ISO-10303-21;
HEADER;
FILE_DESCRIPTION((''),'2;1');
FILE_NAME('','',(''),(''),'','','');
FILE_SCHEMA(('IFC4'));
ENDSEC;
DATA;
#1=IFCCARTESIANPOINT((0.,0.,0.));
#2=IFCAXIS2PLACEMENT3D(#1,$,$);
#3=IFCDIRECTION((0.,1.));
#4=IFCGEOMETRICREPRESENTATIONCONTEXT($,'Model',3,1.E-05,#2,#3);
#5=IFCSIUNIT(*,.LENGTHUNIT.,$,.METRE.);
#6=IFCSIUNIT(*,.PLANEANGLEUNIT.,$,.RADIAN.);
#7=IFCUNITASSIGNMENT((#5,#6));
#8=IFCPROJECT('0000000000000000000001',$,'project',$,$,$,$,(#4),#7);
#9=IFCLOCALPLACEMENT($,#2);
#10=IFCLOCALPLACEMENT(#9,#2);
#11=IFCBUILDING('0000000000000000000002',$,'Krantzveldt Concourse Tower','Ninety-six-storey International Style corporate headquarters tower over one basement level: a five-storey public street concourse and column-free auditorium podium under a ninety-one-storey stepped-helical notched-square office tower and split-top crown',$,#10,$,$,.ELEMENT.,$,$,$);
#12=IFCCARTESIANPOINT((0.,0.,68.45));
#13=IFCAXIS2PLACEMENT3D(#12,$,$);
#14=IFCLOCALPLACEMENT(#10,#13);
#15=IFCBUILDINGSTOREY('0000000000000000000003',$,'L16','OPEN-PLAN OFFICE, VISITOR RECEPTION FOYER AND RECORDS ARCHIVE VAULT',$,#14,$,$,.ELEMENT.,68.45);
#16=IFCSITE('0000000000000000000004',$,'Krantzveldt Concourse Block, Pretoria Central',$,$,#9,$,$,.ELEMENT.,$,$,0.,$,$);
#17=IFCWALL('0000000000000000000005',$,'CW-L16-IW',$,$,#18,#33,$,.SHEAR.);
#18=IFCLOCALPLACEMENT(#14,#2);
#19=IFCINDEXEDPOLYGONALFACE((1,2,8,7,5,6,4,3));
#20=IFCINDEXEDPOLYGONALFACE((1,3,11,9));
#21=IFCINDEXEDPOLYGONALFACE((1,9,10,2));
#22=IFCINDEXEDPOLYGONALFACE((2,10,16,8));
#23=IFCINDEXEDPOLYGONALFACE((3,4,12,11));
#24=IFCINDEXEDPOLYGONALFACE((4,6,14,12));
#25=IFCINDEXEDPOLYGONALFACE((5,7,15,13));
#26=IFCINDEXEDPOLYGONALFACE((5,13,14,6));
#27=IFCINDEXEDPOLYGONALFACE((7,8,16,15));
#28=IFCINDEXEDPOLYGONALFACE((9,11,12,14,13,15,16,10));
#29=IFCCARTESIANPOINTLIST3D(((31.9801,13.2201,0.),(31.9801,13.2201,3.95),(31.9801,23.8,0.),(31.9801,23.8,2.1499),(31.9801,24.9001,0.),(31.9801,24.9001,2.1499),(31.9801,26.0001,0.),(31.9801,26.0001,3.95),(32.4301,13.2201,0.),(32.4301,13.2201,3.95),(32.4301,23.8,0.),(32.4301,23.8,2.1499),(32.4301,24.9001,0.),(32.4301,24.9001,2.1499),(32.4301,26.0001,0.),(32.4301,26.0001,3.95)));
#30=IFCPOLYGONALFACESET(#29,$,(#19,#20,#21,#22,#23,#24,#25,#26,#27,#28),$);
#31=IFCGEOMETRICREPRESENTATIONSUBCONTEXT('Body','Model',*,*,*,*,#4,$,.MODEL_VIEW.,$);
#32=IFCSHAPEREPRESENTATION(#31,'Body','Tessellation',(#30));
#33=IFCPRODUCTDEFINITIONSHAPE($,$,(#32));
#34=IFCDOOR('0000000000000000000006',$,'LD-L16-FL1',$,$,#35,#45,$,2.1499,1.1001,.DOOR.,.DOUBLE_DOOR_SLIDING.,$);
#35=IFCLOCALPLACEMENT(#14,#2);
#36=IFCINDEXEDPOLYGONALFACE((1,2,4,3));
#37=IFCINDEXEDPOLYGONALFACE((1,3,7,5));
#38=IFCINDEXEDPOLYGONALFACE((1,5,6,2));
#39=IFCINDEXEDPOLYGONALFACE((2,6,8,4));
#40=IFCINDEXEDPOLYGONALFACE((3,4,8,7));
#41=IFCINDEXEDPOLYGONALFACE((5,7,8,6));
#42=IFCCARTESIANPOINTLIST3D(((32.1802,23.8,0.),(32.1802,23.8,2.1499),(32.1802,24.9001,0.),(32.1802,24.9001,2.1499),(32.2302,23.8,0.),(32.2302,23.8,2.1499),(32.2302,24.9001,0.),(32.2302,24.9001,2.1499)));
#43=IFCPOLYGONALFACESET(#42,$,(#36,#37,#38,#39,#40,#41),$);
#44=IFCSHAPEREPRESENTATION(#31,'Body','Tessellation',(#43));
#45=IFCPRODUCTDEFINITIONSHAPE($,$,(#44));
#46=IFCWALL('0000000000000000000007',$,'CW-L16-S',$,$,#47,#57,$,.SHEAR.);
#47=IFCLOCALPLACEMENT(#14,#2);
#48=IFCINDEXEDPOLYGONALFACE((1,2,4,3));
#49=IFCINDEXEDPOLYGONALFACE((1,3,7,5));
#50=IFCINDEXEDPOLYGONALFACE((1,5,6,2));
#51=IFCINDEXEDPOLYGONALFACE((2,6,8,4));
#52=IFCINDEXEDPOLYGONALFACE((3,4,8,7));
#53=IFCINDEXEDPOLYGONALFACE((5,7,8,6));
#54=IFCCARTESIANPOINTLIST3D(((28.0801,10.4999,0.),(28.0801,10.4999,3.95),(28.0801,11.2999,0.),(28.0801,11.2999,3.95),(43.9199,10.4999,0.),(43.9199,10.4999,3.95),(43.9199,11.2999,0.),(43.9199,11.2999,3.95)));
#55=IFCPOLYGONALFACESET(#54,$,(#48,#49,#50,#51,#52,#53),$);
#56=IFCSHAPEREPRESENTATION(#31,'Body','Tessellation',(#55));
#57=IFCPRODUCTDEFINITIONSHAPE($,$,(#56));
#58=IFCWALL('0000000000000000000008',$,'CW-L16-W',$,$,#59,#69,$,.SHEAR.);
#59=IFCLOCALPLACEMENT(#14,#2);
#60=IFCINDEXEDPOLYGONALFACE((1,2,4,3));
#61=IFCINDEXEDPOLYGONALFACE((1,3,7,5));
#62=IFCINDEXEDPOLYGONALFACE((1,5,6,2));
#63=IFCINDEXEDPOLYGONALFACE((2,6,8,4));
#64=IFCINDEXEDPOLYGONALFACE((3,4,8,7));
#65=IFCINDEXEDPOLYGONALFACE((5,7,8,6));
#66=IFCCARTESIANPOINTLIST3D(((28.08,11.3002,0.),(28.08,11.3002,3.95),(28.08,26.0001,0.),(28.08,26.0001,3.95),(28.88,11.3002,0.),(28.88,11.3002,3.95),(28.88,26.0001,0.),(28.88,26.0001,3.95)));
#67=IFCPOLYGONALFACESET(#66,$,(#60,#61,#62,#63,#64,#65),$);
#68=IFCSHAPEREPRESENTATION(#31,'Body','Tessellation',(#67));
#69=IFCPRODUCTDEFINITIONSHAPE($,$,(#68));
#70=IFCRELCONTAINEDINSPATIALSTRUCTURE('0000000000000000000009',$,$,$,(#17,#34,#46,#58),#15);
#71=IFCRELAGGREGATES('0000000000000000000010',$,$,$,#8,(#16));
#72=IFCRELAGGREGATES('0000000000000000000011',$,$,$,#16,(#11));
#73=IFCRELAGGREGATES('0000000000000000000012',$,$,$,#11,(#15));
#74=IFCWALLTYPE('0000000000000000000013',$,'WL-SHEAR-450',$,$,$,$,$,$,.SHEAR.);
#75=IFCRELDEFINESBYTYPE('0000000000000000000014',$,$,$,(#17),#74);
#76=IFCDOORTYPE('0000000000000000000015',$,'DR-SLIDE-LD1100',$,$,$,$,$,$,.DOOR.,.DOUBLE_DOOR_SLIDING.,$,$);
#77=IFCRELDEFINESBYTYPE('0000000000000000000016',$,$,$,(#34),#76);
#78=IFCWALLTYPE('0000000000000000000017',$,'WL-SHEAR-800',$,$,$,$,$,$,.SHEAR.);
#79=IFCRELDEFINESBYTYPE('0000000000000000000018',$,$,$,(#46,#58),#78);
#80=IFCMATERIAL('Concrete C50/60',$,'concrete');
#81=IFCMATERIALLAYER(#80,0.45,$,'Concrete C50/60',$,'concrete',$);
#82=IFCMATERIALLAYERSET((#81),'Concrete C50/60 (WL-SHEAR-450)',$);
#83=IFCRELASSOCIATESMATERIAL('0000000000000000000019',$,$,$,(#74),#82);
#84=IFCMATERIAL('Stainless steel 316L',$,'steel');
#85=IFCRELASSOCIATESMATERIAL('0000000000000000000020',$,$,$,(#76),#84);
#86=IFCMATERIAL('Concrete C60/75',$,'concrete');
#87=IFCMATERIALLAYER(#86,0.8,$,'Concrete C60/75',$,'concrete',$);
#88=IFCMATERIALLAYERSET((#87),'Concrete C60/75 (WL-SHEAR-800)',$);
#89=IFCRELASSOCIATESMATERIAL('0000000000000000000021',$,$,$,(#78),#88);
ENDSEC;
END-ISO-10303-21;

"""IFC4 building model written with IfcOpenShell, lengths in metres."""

from ifc_helpers import new_model, si_unit, direction, frame, frame_2d, origin, place, context, subcontext, project, spatial, rectangle, extrude, material, layer, layer_set, type_object, element, fill, save


model = new_model("IFC4")

# Units and contexts
model_context = context("Model", 3, precision=1e-05, world=origin(), true_north=direction((0.0, 1.0)))
body_context = subcontext(model_context, "Body", "Model", "MODEL_VIEW")
ifc_project = project(units=[si_unit("LENGTHUNIT", "METRE"), si_unit("PLANEANGLEUNIT", "RADIAN")], contexts=[model_context])

# Site, building, storey
site_placement = place(None, origin())
site = spatial("IfcSite", under=ifc_project, at=site_placement, Name="Krantzveldt Concourse Block, Pretoria Central", CompositionType="ELEMENT", RefElevation=0.0)
building_placement = place(site_placement, origin())
building = spatial("IfcBuilding", under=site, at=building_placement, Name="Krantzveldt Concourse Tower", Description="Ninety-six-storey International Style corporate headquarters tower over one basement level: a five-storey public street concourse and column-free auditorium podium under a ninety-one-storey stepped-helical notched-square office tower and split-top crown", CompositionType="ELEMENT")
storey_placement = place(building_placement, frame((0.0, 0.0, 68.45)))
storey = spatial("IfcBuildingStorey", under=building, at=storey_placement, Name="L16", Description="OPEN-PLAN OFFICE, VISITOR RECEPTION FOYER AND RECORDS ARCHIVE VAULT", CompositionType="ELEMENT", Elevation=68.45)

# Wall, opening, door
ifc_material_1 = material(Name="Concrete C50/60", Category="concrete")
ifc_layer_1 = layer(ifc_material_1, 0.45, Name="Concrete C50/60", Category="concrete")
ifc_layer_set_1 = layer_set([ifc_layer_1], Name="Concrete C50/60 (WL-SHEAR-450)")
wall_type_1 = type_object("IfcWallType", Name="WL-SHEAR-450", PredefinedType="SHEAR", material=ifc_layer_set_1)
wall_1_placement = place(storey_placement, frame((32.2051, 13.22, 0.0), z_axis=(0.0, 0.0, 1.0), x_axis=(0.0, 1.0, 0.0)))
wall_1 = element("IfcWall", 1, at=wall_1_placement, inside=storey, type_object=wall_type_1, Name="CW-L16-IW", PredefinedType="SHEAR", context=body_context, shape_type="SweptSolid", body=[
    extrude(rectangle(XDim=12.78, YDim=0.45, at=frame_2d((6.3901, 0.0))), origin(), (0.0, 0.0, 1.0), 3.95),
])
opening_1_placement = place(wall_1_placement, frame((10.5801, 0.0, 0.0)))
opening_1 = element("IfcOpeningElement", 2, at=opening_1_placement, cuts=wall_1, PredefinedType="OPENING", context=body_context, shape_type="SweptSolid", body=[
    extrude(rectangle(XDim=1.1001, YDim=2.1499, at=frame_2d((0.55, 1.075))), frame((0.0, 0.2349, 0.0), z_axis=(0.0, -1.0, 0.0), x_axis=(1.0, 0.0, 0.0)), (0.0, 0.0, 1.0), 0.47),
])
ifc_material_2 = material(Name="Stainless steel 316L", Category="steel")
door_type_1 = type_object("IfcDoorType", Name="DR-SLIDE-LD1100", OperationType="DOUBLE_DOOR_SLIDING", PredefinedType="DOOR", material=ifc_material_2)
door_1_placement = place(opening_1_placement, origin())
door_1 = element("IfcDoor", 3, at=door_1_placement, inside=storey, type_object=door_type_1, Name="LD-L16-FL1", OperationType="DOUBLE_DOOR_SLIDING", OverallHeight=2.1499, OverallWidth=1.1001, PredefinedType="DOOR", context=body_context, shape_type="SweptSolid", body=[
    extrude(rectangle(XDim=1.1001, YDim=2.1499, at=frame_2d((0.55, 1.075))), frame((0.0, 0.0249, 0.0), z_axis=(0.0, -1.0, 0.0), x_axis=(1.0, 0.0, 0.0)), (0.0, 0.0, 1.0), 0.05),
])
fill(opening_1, door_1)

# Walls
ifc_material_3 = material(Name="Concrete C60/75", Category="concrete")
ifc_layer_2 = layer(ifc_material_3, 0.8, Name="Concrete C60/75", Category="concrete")
ifc_layer_set_2 = layer_set([ifc_layer_2], Name="Concrete C60/75 (WL-SHEAR-800)")
wall_type_2 = type_object("IfcWallType", Name="WL-SHEAR-800", PredefinedType="SHEAR", material=ifc_layer_set_2)
wall_2_placement = place(storey_placement, frame((28.0801, 10.8999, 0.0), z_axis=(0.0, 0.0, 1.0), x_axis=(1.0, 0.0, 0.0)))
element("IfcWall", 4, at=wall_2_placement, inside=storey, type_object=wall_type_2, Name="CW-L16-S", PredefinedType="SHEAR", context=body_context, shape_type="SweptSolid", body=[
    extrude(rectangle(XDim=15.8398, YDim=0.8, at=frame_2d((7.9199, 0.0))), origin(), (0.0, 0.0, 1.0), 3.95),
])
wall_3_placement = place(storey_placement, frame((28.48, 11.3, 0.0), z_axis=(0.0, 0.0, 1.0), x_axis=(0.0, 1.0, 0.0)))
element("IfcWall", 5, at=wall_3_placement, inside=storey, type_object=wall_type_2, Name="CW-L16-W", PredefinedType="SHEAR", context=body_context, shape_type="SweptSolid", body=[
    extrude(rectangle(XDim=14.7, YDim=0.8, at=frame_2d((7.3501, 0.0))), origin(), (0.0, 0.0, 1.0), 3.95),
])

save(model, "model.ifc")
